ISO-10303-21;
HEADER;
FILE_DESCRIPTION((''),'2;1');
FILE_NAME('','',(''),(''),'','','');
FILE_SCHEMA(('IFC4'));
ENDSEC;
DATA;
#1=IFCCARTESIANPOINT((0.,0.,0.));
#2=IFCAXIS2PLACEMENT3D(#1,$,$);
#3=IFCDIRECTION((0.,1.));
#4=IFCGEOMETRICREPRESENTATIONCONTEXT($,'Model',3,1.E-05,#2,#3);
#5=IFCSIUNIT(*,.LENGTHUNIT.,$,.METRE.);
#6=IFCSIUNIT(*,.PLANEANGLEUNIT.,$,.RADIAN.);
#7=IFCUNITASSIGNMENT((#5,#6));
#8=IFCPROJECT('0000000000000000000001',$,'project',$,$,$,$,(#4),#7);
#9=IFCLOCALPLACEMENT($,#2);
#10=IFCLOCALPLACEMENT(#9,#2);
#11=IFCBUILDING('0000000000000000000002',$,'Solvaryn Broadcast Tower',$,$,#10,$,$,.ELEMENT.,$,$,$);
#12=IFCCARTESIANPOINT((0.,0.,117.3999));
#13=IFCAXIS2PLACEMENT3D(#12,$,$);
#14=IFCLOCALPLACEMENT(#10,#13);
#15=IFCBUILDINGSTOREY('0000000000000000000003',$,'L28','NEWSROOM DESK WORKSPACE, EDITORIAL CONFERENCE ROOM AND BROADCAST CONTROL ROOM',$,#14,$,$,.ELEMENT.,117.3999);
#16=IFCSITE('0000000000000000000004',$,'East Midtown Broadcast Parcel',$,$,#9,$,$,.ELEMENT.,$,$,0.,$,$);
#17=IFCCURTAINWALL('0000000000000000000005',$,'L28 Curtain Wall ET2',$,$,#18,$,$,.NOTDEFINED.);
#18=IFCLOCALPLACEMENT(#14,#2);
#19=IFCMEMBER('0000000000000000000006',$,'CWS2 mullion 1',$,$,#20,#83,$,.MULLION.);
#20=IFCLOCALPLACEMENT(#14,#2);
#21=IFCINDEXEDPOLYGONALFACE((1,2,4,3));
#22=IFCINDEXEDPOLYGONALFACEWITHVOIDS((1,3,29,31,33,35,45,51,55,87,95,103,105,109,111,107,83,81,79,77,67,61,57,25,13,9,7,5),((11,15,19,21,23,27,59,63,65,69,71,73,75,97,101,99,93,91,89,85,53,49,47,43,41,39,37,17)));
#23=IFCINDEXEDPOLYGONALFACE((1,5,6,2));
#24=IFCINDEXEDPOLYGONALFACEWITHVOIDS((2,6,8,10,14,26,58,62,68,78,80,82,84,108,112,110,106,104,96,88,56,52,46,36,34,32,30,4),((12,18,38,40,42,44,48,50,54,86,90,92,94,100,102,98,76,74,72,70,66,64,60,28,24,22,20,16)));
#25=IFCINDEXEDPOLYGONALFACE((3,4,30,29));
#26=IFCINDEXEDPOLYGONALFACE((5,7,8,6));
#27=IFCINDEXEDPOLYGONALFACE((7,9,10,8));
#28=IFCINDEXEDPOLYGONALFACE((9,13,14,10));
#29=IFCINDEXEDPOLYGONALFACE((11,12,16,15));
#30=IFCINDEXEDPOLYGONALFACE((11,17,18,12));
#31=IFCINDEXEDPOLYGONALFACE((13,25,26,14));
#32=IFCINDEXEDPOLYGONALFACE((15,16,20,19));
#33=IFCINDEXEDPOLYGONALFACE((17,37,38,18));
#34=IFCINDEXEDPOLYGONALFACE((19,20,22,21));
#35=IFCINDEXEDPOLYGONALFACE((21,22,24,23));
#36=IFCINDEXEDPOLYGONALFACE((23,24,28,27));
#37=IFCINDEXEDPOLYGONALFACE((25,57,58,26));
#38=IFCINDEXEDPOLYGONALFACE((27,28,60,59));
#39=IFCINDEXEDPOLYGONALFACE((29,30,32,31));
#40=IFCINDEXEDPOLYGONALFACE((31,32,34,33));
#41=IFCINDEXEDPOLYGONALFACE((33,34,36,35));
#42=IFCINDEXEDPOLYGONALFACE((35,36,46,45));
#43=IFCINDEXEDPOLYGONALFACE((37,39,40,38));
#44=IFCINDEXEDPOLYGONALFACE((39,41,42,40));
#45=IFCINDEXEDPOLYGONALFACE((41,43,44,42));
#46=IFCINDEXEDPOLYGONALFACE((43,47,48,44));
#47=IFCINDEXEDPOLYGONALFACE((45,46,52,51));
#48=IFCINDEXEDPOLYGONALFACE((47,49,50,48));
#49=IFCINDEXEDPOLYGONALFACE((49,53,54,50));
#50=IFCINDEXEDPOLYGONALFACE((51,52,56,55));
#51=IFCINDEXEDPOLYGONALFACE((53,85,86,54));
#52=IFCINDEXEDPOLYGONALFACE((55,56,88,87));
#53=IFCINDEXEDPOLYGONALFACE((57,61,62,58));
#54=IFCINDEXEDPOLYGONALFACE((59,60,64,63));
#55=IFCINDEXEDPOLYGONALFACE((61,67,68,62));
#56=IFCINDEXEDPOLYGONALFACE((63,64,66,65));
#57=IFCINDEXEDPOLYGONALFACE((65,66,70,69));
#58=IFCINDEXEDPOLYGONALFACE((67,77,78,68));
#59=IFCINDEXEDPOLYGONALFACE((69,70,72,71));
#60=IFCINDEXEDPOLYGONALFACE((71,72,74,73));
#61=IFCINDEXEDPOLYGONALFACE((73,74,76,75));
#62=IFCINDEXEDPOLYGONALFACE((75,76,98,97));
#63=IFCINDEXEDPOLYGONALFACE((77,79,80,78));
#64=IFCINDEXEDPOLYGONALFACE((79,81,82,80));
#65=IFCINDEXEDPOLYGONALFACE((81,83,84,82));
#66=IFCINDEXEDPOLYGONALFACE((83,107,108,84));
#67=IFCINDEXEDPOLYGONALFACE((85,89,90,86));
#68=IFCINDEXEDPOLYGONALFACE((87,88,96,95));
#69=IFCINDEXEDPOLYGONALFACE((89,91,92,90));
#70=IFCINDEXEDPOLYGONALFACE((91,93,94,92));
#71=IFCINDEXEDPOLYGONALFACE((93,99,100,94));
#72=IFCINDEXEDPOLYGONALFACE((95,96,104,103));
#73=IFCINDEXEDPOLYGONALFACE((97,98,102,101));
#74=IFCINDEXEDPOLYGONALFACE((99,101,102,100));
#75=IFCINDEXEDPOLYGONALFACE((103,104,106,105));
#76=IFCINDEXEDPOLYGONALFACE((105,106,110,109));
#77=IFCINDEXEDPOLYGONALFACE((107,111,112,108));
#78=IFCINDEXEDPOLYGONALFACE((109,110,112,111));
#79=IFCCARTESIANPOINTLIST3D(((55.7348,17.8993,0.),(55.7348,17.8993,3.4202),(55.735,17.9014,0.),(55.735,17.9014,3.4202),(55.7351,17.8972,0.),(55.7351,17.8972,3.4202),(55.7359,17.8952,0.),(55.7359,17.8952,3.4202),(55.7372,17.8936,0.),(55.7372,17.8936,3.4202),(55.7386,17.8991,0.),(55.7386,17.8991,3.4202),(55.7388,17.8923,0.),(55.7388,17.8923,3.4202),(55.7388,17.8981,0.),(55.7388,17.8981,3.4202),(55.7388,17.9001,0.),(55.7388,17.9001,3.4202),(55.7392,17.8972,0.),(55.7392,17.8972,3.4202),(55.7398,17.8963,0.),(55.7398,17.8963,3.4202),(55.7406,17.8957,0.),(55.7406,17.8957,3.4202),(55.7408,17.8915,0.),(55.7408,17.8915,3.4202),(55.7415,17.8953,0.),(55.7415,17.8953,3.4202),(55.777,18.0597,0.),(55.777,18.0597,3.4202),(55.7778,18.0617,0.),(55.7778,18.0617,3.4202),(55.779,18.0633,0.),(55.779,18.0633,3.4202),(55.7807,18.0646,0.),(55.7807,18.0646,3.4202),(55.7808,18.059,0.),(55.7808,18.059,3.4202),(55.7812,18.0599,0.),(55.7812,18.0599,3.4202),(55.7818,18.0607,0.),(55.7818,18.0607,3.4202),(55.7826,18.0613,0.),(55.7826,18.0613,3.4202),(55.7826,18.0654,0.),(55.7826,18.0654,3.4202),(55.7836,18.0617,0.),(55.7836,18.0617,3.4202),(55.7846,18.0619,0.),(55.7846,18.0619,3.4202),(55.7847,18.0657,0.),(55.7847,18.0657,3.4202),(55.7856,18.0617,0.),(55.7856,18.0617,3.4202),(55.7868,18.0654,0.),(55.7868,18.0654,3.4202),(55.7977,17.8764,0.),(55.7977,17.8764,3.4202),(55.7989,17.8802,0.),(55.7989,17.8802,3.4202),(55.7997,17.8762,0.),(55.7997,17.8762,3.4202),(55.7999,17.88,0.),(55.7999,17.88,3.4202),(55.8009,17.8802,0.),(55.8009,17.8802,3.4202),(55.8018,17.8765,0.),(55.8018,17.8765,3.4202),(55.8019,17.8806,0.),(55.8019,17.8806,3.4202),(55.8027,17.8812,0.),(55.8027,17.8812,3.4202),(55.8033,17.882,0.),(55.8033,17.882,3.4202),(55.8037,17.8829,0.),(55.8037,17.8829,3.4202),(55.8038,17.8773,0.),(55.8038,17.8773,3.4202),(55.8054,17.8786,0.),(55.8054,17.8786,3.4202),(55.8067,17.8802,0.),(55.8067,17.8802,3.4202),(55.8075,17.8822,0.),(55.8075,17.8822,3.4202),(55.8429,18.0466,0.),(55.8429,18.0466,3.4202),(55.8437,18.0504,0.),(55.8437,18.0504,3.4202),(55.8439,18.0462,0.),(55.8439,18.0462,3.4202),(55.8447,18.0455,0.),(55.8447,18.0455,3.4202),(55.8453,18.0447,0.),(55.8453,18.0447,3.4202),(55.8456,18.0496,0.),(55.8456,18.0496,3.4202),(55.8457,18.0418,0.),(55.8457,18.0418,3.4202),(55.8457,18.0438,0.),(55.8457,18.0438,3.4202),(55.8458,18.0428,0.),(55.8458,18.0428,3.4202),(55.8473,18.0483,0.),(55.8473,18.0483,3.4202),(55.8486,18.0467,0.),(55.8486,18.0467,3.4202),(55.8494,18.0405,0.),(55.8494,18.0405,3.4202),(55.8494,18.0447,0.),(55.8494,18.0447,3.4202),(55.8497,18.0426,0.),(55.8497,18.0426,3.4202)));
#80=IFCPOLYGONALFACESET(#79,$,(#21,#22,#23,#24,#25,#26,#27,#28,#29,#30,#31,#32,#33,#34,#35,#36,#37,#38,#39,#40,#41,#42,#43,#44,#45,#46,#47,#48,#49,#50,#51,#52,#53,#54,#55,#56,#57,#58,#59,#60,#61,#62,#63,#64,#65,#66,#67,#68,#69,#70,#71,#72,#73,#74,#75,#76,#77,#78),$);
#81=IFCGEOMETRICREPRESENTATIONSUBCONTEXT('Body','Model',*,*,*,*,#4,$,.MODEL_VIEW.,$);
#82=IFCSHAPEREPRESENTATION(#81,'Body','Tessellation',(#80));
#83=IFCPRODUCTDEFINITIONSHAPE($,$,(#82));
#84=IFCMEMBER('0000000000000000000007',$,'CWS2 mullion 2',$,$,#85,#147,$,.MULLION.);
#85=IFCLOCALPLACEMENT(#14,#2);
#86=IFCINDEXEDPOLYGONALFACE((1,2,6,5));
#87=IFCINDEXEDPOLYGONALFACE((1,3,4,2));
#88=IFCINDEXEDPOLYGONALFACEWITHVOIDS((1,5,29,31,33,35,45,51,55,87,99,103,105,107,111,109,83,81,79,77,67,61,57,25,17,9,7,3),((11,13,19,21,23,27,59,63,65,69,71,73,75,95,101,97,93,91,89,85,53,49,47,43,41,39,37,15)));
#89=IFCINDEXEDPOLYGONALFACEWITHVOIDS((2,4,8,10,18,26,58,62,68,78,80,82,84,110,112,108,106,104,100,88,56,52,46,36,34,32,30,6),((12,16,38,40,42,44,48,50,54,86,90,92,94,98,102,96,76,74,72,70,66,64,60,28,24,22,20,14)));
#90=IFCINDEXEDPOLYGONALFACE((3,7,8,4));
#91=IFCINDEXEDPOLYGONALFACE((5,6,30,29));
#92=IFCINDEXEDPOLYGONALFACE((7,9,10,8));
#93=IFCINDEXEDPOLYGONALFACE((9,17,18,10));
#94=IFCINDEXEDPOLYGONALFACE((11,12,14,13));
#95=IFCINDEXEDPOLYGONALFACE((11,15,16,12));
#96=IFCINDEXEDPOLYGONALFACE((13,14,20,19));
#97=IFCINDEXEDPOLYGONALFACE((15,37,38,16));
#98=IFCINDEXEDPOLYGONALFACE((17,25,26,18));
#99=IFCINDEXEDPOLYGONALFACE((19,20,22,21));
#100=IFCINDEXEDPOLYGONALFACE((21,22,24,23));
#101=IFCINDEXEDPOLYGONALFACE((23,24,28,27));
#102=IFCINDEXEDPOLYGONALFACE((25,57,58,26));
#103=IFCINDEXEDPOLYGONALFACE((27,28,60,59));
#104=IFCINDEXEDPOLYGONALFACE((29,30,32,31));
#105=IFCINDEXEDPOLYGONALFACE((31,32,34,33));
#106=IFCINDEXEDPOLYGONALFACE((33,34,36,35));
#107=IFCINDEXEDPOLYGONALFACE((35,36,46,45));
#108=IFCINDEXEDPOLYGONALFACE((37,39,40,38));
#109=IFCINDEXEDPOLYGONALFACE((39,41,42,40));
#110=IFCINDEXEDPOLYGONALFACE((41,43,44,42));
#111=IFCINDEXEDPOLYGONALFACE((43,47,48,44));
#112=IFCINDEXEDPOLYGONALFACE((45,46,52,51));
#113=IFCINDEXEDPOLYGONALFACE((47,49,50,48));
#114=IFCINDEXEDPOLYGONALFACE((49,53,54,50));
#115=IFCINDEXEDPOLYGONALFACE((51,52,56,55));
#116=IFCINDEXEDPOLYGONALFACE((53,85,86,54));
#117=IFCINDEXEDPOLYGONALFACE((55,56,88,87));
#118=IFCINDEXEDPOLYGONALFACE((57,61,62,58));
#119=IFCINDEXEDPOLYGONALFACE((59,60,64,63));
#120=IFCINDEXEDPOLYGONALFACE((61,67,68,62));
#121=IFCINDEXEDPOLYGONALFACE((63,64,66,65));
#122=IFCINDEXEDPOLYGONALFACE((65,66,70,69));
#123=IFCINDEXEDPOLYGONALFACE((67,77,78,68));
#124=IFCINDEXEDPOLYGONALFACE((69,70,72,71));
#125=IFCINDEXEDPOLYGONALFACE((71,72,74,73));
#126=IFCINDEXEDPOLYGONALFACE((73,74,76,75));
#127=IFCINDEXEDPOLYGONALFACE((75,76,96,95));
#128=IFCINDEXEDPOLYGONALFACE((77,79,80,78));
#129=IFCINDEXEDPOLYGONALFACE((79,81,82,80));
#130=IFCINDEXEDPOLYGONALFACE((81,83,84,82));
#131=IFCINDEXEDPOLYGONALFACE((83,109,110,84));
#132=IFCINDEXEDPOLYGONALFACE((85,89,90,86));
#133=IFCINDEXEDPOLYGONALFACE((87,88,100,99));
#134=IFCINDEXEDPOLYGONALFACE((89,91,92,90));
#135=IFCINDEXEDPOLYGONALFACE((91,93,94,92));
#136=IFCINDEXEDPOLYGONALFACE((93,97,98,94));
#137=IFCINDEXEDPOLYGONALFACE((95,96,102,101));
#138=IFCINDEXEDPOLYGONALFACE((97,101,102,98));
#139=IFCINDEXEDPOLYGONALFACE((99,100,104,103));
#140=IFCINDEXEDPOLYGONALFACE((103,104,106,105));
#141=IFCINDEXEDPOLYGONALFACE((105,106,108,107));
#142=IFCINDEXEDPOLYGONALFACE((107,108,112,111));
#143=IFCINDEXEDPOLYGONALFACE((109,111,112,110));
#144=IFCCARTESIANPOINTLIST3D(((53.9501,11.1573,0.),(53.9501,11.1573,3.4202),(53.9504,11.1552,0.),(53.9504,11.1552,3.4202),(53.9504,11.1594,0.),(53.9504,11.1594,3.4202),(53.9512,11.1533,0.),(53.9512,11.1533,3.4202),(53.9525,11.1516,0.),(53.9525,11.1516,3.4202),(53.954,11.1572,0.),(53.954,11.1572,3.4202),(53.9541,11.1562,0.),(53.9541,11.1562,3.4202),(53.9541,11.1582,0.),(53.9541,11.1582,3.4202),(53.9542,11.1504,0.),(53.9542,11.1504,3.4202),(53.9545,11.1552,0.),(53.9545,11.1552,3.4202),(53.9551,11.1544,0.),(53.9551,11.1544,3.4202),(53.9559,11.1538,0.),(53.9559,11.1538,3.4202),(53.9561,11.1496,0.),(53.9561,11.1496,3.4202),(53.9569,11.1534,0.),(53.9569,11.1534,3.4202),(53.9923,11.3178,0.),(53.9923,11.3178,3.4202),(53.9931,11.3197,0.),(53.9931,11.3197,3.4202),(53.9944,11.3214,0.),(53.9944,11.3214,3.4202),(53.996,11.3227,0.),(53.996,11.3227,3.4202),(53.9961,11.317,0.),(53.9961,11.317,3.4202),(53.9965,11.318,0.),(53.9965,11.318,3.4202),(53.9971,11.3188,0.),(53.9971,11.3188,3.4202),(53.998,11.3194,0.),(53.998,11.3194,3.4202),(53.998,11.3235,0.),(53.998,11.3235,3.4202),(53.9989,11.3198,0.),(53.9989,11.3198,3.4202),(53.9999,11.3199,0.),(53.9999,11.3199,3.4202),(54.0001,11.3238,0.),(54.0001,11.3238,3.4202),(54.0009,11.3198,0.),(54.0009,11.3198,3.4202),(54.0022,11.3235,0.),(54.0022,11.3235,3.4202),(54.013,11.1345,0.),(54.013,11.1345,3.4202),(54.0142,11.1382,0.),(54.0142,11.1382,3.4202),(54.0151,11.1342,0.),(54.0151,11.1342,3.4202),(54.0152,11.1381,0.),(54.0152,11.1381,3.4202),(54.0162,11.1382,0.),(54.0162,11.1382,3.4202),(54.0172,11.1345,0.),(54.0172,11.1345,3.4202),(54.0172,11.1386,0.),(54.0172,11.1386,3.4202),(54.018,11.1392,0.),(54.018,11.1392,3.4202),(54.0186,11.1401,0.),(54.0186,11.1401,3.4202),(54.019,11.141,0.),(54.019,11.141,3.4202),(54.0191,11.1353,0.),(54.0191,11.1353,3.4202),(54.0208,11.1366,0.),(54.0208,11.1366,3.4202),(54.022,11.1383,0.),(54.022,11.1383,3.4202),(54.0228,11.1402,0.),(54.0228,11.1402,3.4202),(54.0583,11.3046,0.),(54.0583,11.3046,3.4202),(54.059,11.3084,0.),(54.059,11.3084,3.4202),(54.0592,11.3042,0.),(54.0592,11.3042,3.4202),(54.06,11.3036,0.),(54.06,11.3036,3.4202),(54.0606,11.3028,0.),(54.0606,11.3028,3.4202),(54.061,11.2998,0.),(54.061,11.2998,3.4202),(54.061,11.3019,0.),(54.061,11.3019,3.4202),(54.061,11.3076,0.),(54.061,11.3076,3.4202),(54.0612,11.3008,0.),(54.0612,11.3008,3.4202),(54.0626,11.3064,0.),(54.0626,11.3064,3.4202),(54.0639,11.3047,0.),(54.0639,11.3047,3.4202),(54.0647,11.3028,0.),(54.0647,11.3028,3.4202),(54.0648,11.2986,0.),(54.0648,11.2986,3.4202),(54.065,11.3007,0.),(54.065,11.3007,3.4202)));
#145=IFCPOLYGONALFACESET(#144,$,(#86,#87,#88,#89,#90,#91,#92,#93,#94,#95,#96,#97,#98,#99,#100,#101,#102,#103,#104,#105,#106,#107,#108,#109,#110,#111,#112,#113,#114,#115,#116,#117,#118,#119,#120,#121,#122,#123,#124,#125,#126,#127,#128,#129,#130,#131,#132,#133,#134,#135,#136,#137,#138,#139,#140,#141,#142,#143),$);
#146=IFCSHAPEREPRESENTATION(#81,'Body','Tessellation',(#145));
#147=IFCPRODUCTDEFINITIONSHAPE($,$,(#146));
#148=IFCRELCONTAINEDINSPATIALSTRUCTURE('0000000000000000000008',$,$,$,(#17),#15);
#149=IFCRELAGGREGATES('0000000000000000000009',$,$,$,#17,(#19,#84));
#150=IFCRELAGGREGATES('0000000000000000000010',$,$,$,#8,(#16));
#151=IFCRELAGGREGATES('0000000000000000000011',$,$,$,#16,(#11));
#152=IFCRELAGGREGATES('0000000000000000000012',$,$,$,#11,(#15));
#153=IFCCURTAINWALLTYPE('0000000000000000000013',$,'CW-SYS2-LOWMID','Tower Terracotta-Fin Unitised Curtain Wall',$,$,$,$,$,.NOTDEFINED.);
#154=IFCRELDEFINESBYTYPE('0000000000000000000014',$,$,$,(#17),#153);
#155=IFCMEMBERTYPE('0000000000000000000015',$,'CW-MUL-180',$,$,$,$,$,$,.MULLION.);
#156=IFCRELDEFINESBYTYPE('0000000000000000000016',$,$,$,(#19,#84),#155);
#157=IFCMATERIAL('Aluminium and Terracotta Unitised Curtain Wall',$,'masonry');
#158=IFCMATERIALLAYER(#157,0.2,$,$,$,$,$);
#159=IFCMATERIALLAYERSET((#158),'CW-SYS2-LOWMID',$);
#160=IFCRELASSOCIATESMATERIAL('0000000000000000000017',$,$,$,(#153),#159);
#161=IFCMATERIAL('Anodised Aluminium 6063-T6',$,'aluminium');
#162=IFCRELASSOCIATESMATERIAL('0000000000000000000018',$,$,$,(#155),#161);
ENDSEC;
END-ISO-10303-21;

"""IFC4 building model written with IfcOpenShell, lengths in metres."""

from ifc_helpers import new_model, si_unit, direction, frame, origin, origin_2d, place, context, subcontext, project, spatial, hollow_rectangle, extrude, material, layer, layer_set, material_profile, profile_set, type_object, element, aggregate, save


model = new_model("IFC4")

# Units and contexts
model_context = context("Model", 3, precision=1e-05, world=origin(), true_north=direction((0.0, 1.0)))
body_context = subcontext(model_context, "Body", "Model", "MODEL_VIEW")
ifc_project = project(units=[si_unit("LENGTHUNIT", "METRE"), si_unit("PLANEANGLEUNIT", "RADIAN")], contexts=[model_context])

# Site, building, storey
site_placement = place(None, origin())
site = spatial("IfcSite", under=ifc_project, at=site_placement, Name="East Midtown Broadcast Parcel", CompositionType="ELEMENT", RefElevation=0.0)
building_placement = place(site_placement, origin())
building = spatial("IfcBuilding", under=site, at=building_placement, Name="Solvaryn Broadcast Tower", CompositionType="ELEMENT")
storey_placement = place(building_placement, frame((0.0, 0.0, 117.3999)))
storey = spatial("IfcBuildingStorey", under=building, at=storey_placement, Name="L28", Description="NEWSROOM DESK WORKSPACE, EDITORIAL CONFERENCE ROOM AND BROADCAST CONTROL ROOM", CompositionType="ELEMENT", Elevation=117.3999)

# Shared definitions
ifc_material_1 = material(Name="Aluminium and Terracotta Unitised Curtain Wall", Category="masonry")
ifc_layer_1 = layer(ifc_material_1, 0.2)
ifc_layer_set_1 = layer_set([ifc_layer_1], Name="CW-SYS2-LOWMID")
curtain_wall_type = type_object("IfcCurtainWallType", Name="CW-SYS2-LOWMID", Description="Tower Terracotta-Fin Unitised Curtain Wall", PredefinedType="NOTDEFINED", material=ifc_layer_set_1)
ifc_material_2 = material(Name="Anodised Aluminium 6063-T6", Category="aluminium")
ifc_material_profile_1 = material_profile(ifc_material_2, hollow_rectangle(XDim=0.075, YDim=0.1799, WallThickness=0.0039, InnerFilletRadius=0.0039, OuterFilletRadius=0.0081, at=origin_2d()))
ifc_profile_set_1 = profile_set([ifc_material_profile_1], Name="Anodised Aluminium 6063-T6")
member_type_1 = type_object("IfcMemberType", Name="CW-MUL-180", PredefinedType="MULLION", material=ifc_profile_set_1)

# Curtain wall, members
curtain_wall_1_placement = place(storey_placement, origin())
curtain_wall_1 = element("IfcCurtainWall", 1, at=curtain_wall_1_placement, inside=storey, type_object=curtain_wall_type, Name="L28 Curtain Wall ET2", PredefinedType="NOTDEFINED")
member_1_placement = place(storey_placement, frame((55.7922, 17.9709, 0.0), z_axis=(0.0, 0.0, 1.0), x_axis=(0.966705, -0.255893, 0.0)))
member_1 = element("IfcMember", 2, at=member_1_placement, type_object=member_type_1, Name="CWS2 mullion 1", PredefinedType="MULLION", context=body_context, shape_type="SweptSolid", body=[
    extrude(hollow_rectangle(XDim=0.075, YDim=0.1799, WallThickness=0.0039, InnerFilletRadius=0.0039, OuterFilletRadius=0.0081, at=origin_2d()), origin(), (0.0, 0.0, 1.0), 3.4202),
])
member_2_placement = place(storey_placement, frame((54.0076, 11.229, 0.0), z_axis=(0.0, 0.0, 1.0), x_axis=(0.966705, -0.255893, 0.0)))
member_2 = element("IfcMember", 3, at=member_2_placement, type_object=member_type_1, Name="CWS2 mullion 2", PredefinedType="MULLION", context=body_context, shape_type="SweptSolid", body=[
    extrude(hollow_rectangle(XDim=0.075, YDim=0.1799, WallThickness=0.0039, InnerFilletRadius=0.0039, OuterFilletRadius=0.0081, at=origin_2d()), origin(), (0.0, 0.0, 1.0), 3.4202),
])

aggregate(curtain_wall_1, [member_1, member_2])

save(model, "model.ifc")
